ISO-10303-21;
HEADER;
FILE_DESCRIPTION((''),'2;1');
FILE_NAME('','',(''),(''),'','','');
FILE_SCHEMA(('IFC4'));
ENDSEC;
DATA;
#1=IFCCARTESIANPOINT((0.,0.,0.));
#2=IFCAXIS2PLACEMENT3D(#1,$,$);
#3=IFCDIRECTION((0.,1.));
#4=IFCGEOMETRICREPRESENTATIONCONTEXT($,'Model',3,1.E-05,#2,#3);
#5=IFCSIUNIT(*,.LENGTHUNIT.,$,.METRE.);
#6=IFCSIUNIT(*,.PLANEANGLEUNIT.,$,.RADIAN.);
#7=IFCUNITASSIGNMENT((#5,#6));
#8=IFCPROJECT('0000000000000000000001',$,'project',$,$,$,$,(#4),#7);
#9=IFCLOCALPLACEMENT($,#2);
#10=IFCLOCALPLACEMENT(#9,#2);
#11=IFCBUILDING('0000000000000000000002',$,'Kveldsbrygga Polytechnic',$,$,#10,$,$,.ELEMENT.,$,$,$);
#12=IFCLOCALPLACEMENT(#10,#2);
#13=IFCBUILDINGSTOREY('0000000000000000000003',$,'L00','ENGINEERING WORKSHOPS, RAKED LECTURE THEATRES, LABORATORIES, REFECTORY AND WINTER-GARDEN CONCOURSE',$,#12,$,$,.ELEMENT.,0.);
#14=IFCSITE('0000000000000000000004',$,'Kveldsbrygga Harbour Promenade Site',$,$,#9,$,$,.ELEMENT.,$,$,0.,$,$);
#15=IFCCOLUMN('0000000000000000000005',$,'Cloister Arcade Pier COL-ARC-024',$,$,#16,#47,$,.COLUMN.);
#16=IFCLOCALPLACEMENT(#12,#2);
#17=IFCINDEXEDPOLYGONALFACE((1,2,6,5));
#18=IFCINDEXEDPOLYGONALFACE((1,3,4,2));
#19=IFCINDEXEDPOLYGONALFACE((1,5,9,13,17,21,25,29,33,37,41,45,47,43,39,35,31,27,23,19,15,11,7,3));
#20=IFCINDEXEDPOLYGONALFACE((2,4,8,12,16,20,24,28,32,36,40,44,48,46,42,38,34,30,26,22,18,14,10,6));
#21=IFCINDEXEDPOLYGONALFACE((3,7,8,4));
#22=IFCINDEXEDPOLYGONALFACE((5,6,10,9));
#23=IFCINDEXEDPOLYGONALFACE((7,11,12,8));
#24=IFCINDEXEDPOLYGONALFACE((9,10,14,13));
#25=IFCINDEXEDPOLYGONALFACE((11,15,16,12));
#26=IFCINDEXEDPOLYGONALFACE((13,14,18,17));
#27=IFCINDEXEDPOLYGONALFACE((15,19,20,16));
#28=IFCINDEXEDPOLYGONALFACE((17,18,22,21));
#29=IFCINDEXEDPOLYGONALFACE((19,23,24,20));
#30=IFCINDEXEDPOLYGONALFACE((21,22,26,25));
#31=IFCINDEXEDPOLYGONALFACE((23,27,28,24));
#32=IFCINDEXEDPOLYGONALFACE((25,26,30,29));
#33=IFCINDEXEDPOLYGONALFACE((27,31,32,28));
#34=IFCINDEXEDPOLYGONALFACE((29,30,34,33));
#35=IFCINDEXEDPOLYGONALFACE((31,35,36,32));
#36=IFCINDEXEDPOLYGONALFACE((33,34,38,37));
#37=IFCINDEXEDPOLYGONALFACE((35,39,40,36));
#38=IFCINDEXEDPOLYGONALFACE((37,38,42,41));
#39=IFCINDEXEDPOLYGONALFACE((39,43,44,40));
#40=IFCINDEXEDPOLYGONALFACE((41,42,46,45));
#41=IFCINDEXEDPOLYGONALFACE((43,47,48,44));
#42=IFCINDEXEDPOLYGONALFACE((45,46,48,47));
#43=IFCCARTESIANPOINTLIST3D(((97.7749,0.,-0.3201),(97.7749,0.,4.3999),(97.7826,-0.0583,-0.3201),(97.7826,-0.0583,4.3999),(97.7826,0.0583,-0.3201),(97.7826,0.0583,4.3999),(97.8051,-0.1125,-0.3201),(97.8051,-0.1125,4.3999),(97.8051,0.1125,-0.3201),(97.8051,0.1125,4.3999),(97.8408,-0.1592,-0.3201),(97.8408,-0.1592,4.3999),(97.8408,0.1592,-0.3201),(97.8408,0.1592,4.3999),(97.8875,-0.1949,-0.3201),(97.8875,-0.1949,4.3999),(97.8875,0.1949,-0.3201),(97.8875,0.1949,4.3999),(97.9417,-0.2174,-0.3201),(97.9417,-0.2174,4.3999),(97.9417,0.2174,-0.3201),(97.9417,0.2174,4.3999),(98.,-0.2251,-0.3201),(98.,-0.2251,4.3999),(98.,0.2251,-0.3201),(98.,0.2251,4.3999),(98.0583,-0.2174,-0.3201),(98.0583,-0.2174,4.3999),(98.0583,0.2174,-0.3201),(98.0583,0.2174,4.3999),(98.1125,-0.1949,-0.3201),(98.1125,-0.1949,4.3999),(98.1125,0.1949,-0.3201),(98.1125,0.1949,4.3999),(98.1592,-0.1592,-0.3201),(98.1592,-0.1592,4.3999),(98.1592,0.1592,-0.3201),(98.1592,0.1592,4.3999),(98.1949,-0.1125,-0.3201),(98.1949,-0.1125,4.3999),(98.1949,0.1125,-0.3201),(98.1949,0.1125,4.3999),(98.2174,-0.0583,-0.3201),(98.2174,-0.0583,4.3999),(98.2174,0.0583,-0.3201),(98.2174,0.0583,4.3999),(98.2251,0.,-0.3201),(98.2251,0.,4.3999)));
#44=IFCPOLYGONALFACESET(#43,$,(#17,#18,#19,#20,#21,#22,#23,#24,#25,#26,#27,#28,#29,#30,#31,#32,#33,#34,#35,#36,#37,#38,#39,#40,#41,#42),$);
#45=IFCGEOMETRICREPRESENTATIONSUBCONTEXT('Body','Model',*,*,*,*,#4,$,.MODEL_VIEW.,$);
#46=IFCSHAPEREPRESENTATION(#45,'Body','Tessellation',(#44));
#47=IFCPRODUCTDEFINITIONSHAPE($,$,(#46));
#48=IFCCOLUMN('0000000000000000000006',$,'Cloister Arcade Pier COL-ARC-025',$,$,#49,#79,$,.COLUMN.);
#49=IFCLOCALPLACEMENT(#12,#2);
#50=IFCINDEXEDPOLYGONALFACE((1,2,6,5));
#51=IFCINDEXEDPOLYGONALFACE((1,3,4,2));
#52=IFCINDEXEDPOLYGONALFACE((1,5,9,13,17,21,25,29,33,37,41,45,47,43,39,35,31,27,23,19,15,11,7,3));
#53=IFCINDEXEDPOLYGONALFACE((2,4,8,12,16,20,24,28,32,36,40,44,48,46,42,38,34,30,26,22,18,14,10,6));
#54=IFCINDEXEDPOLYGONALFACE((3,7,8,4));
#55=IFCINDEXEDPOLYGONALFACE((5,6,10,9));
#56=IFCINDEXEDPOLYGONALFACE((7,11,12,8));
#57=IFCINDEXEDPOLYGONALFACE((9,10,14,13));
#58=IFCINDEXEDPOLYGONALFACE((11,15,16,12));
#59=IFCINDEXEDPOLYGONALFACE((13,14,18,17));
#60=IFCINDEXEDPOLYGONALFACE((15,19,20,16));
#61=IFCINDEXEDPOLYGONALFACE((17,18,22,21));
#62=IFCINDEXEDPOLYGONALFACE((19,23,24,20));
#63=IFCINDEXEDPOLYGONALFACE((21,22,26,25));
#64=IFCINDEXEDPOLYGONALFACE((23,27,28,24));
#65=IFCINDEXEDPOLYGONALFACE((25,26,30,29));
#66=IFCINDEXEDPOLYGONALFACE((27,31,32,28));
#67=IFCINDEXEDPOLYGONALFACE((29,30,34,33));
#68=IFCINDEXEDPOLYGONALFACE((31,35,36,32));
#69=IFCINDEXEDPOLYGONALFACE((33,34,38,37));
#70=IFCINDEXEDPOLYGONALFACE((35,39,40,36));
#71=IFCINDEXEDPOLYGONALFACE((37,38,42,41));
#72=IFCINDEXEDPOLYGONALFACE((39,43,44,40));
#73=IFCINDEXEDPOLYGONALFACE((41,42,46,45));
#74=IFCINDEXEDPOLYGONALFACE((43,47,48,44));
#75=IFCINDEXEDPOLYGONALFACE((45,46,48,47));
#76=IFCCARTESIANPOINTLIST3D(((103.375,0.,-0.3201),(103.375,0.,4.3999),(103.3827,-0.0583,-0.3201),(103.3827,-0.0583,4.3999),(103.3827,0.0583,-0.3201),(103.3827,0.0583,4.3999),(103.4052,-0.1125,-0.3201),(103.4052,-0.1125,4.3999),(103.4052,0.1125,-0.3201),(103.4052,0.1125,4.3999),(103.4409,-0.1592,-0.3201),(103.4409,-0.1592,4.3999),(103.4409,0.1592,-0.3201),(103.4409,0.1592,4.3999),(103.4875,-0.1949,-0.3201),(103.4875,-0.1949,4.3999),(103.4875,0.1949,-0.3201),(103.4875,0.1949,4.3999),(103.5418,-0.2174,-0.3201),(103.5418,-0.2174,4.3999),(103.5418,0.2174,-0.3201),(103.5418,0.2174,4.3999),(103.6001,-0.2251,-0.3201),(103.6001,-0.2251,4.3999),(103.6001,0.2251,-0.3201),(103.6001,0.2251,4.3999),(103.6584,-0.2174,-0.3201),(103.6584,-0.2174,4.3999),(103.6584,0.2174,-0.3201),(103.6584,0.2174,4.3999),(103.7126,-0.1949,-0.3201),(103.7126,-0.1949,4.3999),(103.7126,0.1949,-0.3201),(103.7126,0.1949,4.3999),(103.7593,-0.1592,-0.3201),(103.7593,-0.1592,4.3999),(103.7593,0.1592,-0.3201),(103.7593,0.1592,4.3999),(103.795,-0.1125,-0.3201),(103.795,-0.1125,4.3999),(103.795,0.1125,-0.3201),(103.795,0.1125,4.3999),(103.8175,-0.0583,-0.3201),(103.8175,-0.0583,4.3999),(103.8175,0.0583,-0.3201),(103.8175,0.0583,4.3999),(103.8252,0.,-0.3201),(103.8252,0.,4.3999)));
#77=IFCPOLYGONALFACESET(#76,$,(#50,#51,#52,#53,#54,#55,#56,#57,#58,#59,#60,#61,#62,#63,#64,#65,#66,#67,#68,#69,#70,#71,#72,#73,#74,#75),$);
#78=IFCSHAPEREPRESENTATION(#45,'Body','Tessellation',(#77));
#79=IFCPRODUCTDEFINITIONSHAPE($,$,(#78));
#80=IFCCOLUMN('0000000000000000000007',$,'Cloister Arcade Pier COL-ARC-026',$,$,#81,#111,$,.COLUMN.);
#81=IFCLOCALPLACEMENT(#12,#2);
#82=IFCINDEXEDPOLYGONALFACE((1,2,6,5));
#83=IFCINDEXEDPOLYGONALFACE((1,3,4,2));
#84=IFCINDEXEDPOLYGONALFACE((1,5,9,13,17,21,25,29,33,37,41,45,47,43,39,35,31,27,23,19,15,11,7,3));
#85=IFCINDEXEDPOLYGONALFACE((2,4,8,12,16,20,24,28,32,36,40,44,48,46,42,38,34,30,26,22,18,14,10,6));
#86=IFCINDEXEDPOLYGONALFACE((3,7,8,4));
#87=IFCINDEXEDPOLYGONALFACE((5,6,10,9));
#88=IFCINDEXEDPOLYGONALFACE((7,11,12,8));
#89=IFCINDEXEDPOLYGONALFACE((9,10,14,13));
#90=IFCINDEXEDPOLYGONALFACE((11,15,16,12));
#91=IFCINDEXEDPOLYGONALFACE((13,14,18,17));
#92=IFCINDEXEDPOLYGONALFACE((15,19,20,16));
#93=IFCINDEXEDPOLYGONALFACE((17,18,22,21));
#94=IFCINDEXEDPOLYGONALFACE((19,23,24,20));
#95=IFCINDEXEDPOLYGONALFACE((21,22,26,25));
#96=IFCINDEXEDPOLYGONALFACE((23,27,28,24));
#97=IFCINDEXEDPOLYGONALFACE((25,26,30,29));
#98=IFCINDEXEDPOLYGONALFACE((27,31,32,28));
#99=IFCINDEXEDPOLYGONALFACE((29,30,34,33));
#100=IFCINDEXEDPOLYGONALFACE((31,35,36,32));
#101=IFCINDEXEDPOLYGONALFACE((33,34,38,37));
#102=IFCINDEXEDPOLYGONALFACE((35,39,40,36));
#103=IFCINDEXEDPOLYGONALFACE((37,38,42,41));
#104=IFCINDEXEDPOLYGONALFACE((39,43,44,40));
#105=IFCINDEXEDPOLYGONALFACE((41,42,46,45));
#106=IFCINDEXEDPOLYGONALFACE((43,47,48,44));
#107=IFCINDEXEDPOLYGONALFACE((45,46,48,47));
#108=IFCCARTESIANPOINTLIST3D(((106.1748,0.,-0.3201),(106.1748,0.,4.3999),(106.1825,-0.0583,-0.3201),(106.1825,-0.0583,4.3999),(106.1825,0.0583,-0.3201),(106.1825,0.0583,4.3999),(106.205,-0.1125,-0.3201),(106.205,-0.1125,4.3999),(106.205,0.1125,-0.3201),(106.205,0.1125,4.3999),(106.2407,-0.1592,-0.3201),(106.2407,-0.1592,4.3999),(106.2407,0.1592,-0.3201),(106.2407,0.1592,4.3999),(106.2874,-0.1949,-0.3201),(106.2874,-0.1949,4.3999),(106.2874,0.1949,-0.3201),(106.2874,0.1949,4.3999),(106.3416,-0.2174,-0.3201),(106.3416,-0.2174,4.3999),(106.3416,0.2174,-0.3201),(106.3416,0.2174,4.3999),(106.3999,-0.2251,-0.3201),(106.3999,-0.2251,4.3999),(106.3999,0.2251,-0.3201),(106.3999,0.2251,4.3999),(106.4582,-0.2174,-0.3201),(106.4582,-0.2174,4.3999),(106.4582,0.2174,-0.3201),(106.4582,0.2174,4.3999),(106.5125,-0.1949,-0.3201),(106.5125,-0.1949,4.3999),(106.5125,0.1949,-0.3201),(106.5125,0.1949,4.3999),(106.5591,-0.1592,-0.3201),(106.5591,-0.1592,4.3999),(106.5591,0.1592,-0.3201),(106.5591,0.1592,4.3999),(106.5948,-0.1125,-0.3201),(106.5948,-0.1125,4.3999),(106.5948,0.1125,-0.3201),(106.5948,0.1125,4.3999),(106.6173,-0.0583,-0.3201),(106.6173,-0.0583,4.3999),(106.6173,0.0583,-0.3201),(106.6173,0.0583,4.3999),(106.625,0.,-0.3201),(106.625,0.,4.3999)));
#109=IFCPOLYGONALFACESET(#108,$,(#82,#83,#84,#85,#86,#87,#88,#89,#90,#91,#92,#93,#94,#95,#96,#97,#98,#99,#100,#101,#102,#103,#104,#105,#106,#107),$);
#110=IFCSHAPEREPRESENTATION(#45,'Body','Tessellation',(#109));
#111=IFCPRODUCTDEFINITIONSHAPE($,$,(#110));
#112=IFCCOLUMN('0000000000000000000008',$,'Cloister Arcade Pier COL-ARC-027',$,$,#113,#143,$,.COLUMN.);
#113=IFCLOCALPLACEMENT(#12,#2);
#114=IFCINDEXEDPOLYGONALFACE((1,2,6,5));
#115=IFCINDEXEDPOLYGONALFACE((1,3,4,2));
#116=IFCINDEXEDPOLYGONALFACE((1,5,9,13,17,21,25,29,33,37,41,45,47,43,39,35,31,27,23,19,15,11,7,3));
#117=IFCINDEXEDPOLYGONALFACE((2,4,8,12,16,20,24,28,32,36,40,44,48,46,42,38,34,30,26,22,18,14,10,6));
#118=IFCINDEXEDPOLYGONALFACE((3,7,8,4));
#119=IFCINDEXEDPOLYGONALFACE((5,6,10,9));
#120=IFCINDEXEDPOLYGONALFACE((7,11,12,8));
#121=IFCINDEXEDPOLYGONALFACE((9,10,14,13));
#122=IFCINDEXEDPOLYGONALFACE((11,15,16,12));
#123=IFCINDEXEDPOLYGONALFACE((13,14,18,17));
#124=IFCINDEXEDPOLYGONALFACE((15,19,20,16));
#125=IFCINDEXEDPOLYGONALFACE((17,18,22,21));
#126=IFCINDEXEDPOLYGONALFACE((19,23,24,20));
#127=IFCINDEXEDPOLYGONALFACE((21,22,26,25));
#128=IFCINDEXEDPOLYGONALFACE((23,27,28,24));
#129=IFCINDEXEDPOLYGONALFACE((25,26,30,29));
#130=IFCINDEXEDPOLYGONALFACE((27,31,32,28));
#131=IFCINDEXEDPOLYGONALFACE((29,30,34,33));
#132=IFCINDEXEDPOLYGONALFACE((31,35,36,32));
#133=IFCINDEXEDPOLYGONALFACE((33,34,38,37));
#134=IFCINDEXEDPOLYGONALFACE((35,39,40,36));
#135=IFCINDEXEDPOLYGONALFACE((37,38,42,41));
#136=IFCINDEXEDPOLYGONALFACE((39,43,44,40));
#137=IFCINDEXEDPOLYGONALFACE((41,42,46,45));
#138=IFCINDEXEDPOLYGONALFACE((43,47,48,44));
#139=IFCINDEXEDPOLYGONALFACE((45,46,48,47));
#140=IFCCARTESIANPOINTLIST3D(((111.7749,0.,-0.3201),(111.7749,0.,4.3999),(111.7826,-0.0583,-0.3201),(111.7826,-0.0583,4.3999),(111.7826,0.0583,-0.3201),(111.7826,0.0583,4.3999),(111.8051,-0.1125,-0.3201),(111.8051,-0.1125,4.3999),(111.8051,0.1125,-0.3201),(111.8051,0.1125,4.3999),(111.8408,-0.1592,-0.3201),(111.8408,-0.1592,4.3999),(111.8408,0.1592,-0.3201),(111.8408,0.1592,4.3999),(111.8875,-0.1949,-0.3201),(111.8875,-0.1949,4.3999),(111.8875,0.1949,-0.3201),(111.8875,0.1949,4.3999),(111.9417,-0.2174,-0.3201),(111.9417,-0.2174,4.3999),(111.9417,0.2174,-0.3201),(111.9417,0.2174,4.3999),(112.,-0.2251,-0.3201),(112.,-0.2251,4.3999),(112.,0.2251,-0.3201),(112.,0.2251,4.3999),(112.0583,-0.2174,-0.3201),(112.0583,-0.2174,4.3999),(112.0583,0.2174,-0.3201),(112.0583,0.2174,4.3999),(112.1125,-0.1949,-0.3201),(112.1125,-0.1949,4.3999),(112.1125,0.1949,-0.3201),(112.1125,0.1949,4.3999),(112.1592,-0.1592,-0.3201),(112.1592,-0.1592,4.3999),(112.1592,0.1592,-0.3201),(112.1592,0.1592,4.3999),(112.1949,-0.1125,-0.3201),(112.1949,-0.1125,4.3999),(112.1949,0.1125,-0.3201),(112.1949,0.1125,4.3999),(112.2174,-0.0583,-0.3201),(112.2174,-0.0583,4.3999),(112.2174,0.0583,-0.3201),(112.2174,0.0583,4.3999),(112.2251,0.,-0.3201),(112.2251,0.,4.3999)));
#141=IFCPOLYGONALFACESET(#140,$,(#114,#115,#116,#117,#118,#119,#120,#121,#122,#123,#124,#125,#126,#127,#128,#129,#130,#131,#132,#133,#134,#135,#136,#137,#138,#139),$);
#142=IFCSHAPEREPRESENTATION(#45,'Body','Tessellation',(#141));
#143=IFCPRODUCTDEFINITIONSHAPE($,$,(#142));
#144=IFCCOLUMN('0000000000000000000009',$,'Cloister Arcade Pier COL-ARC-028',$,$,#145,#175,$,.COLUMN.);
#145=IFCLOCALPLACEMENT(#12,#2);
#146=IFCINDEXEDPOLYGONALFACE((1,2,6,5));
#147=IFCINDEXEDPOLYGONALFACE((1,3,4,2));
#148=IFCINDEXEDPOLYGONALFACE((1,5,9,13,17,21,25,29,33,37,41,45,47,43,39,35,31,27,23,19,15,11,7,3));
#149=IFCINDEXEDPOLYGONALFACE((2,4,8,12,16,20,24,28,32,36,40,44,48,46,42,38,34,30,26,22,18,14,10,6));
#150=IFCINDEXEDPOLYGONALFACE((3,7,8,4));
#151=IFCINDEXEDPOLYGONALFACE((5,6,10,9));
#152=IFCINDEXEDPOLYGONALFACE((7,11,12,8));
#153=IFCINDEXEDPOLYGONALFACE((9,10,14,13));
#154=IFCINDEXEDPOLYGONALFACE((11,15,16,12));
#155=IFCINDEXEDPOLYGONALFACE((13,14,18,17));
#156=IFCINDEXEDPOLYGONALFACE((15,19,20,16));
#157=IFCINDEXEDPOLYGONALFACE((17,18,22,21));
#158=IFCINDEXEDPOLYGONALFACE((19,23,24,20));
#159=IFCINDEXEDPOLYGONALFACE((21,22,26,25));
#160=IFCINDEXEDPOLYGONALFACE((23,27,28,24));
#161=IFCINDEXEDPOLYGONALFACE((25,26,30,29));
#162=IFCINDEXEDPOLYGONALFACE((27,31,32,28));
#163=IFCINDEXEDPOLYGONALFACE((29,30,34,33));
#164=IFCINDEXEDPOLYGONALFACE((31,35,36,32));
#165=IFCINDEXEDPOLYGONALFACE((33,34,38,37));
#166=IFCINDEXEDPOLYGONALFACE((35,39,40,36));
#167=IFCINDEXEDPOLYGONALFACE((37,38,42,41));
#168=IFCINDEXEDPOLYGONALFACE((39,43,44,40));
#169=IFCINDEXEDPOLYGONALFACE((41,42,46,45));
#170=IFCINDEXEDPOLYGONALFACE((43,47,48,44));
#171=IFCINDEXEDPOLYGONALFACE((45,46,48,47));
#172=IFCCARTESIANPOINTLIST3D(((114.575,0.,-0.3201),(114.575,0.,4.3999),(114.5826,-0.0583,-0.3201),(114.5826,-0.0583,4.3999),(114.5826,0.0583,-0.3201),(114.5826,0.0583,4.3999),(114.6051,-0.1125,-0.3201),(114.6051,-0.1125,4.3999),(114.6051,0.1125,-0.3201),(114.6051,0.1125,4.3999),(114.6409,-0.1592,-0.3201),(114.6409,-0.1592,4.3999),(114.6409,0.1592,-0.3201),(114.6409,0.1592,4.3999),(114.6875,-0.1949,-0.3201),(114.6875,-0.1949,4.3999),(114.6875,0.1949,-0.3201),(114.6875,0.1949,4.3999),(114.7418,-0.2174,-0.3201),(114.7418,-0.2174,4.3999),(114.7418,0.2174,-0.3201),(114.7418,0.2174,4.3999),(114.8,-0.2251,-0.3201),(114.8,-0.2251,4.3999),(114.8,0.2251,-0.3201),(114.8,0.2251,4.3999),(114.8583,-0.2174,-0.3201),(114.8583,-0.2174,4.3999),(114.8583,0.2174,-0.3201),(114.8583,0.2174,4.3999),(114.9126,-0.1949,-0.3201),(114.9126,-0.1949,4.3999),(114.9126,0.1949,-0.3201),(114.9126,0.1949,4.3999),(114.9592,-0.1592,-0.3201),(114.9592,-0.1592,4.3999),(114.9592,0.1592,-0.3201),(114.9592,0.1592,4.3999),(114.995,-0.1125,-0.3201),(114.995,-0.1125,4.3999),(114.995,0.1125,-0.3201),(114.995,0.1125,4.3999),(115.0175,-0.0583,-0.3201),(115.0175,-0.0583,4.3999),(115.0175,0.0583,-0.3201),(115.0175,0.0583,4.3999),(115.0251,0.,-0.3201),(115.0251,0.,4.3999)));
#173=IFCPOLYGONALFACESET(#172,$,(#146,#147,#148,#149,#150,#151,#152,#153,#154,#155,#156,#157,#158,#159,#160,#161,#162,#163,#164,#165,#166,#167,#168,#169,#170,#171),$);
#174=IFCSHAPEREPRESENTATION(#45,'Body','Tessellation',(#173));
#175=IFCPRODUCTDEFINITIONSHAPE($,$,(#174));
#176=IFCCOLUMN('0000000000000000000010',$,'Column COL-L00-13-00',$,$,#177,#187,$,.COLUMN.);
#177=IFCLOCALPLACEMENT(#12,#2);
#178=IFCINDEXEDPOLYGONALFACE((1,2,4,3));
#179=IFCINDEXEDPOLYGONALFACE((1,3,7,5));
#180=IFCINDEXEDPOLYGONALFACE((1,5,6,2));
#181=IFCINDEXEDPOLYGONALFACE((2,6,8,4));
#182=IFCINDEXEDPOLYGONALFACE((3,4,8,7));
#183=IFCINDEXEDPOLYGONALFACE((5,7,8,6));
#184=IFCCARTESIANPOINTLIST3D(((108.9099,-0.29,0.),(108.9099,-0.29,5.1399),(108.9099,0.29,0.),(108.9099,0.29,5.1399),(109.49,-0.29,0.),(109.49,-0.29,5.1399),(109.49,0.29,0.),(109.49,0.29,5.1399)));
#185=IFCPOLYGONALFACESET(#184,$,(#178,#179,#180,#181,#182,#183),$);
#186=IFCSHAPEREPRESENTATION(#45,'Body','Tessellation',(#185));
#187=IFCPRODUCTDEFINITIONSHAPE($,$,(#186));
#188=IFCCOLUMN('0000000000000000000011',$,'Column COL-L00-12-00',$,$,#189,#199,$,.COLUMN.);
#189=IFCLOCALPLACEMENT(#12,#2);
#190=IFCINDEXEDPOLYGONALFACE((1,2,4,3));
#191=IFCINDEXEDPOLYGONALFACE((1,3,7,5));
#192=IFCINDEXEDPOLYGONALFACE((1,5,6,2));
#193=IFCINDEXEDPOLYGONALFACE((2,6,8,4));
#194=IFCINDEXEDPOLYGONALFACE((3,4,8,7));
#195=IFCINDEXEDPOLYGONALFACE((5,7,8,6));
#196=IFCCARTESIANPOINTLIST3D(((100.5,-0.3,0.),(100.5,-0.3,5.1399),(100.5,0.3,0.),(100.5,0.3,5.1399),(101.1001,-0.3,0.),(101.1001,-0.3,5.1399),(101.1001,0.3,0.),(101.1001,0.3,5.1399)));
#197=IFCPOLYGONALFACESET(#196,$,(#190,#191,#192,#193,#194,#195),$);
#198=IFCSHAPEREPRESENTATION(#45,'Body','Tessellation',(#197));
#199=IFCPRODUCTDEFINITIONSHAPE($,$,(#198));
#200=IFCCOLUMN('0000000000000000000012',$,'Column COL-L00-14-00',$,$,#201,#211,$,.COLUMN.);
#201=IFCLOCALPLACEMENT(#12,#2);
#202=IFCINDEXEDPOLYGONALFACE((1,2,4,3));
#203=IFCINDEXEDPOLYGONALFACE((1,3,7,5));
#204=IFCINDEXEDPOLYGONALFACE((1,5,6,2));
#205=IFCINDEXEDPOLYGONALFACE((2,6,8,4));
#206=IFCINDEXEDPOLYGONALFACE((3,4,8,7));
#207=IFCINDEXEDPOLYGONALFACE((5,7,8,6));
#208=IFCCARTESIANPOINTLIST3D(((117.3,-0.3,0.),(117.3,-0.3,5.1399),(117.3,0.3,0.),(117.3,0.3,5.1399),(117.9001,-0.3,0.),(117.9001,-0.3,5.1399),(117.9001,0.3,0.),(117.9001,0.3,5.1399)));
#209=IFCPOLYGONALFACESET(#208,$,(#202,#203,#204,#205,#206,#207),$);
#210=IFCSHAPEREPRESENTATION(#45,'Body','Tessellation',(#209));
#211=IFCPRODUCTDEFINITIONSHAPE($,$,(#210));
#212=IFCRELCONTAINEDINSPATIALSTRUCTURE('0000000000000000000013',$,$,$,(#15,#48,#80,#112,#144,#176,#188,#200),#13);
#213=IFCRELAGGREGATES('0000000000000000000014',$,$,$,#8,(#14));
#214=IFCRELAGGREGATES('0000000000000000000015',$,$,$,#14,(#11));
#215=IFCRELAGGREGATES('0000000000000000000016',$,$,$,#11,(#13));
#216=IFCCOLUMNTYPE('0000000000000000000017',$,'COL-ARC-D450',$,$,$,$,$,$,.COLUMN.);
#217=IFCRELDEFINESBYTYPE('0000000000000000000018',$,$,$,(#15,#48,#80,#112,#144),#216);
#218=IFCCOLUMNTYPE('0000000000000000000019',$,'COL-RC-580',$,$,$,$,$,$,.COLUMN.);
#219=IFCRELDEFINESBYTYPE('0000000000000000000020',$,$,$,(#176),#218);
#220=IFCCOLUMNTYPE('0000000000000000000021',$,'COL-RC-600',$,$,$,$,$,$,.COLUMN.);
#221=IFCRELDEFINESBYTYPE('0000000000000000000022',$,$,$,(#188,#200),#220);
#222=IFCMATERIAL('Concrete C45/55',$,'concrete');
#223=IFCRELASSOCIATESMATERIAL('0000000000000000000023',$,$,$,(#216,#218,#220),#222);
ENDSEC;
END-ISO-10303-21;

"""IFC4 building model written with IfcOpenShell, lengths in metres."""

from ifc_helpers import new_model, si_unit, direction, frame, origin, origin_2d, place, context, subcontext, project, spatial, rectangle, circle, extrude, material, material_profile, profile_set, type_object, element, save


model = new_model("IFC4")

# Units and contexts
model_context = context("Model", 3, precision=1e-05, world=origin(), true_north=direction((0.0, 1.0)))
body_context = subcontext(model_context, "Body", "Model", "MODEL_VIEW")
ifc_project = project(units=[si_unit("LENGTHUNIT", "METRE"), si_unit("PLANEANGLEUNIT", "RADIAN")], contexts=[model_context])

# Site, building, storey
site_placement = place(None, origin())
site = spatial("IfcSite", under=ifc_project, at=site_placement, Name="Kveldsbrygga Harbour Promenade Site", CompositionType="ELEMENT", RefElevation=0.0)
building_placement = place(site_placement, origin())
building = spatial("IfcBuilding", under=site, at=building_placement, Name="Kveldsbrygga Polytechnic", CompositionType="ELEMENT")
storey_placement = place(building_placement, origin())
storey = spatial("IfcBuildingStorey", under=building, at=storey_placement, Name="L00", Description="ENGINEERING WORKSHOPS, RAKED LECTURE THEATRES, LABORATORIES, REFECTORY AND WINTER-GARDEN CONCOURSE", CompositionType="ELEMENT", Elevation=0.0)

# Shared definitions
ifc_material_1 = material(Name="Concrete C45/55", Category="concrete")

# Columns
ifc_material_profile_1 = material_profile(ifc_material_1, circle(Radius=0.2251, at=origin_2d()), Name="RC D450")
ifc_profile_set_1 = profile_set([ifc_material_profile_1], Name="Concrete C45/55")
column_type_1 = type_object("IfcColumnType", Name="COL-ARC-D450", PredefinedType="COLUMN", material=ifc_profile_set_1)
for number, where, z_axis, x_axis, name in (
    (1, (98.0, 0.0, -0.3201), (0.0, 0.0, 1.0), (1.0, 0.0, 0.0), "Cloister Arcade Pier COL-ARC-024"),
    (2, (103.6001, 0.0, -0.3201), (0.0, 0.0, 1.0), (1.0, 0.0, 0.0), "Cloister Arcade Pier COL-ARC-025"),
    (3, (106.3999, 0.0, -0.3201), (0.0, 0.0, 1.0), (1.0, 0.0, 0.0), "Cloister Arcade Pier COL-ARC-026"),
    (4, (112.0, 0.0, -0.3201), (0.0, 0.0, 1.0), (1.0, 0.0, 0.0), "Cloister Arcade Pier COL-ARC-027"),
    (5, (114.8, 0.0, -0.3201), (0.0, 0.0, 1.0), (1.0, 0.0, 0.0), "Cloister Arcade Pier COL-ARC-028"),
):
    element("IfcColumn", number, at=place(storey_placement, frame(where, z_axis=z_axis, x_axis=x_axis)), inside=storey, type_object=column_type_1, Name=name, PredefinedType="COLUMN", context=body_context, shape_type="SweptSolid", body=[
        extrude(circle(Radius=0.2251, at=origin_2d()), origin(), (0.0, 0.0, 1.0), 4.72),
    ])
ifc_material_profile_2 = material_profile(ifc_material_1, rectangle(XDim=0.5801, YDim=0.5801, at=origin_2d()), Name="RC 580x580")
ifc_profile_set_2 = profile_set([ifc_material_profile_2], Name="Concrete C45/55")
column_type_2 = type_object("IfcColumnType", Name="COL-RC-580", PredefinedType="COLUMN", material=ifc_profile_set_2)
column_placement = place(storey_placement, frame((109.2, 0.0, 0.0), z_axis=(0.0, 0.0, 1.0), x_axis=(1.0, 0.0, 0.0)))
element("IfcColumn", 6, at=column_placement, inside=storey, type_object=column_type_2, Name="Column COL-L00-13-00", PredefinedType="COLUMN", context=body_context, shape_type="SweptSolid", body=[
    extrude(rectangle(XDim=0.5801, YDim=0.5801, at=origin_2d()), origin(), (0.0, 0.0, 1.0), 5.1399),
])
ifc_material_profile_3 = material_profile(ifc_material_1, rectangle(XDim=0.6001, YDim=0.6001, at=origin_2d()), Name="RC 600x600")
ifc_profile_set_3 = profile_set([ifc_material_profile_3], Name="Concrete C45/55")
column_type_3 = type_object("IfcColumnType", Name="COL-RC-600", PredefinedType="COLUMN", material=ifc_profile_set_3)
for number, where, z_axis, x_axis, name in (
    (7, (100.8, 0.0, 0.0), (0.0, 0.0, 1.0), (1.0, 0.0, 0.0), "Column COL-L00-12-00"),
    (8, (117.6001, 0.0, 0.0), (0.0, 0.0, 1.0), (1.0, 0.0, 0.0), "Column COL-L00-14-00"),
):
    element("IfcColumn", number, at=place(storey_placement, frame(where, z_axis=z_axis, x_axis=x_axis)), inside=storey, type_object=column_type_3, Name=name, PredefinedType="COLUMN", context=body_context, shape_type="SweptSolid", body=[
        extrude(rectangle(XDim=0.6001, YDim=0.6001, at=origin_2d()), origin(), (0.0, 0.0, 1.0), 5.1399),
    ])

save(model, "model.ifc")
